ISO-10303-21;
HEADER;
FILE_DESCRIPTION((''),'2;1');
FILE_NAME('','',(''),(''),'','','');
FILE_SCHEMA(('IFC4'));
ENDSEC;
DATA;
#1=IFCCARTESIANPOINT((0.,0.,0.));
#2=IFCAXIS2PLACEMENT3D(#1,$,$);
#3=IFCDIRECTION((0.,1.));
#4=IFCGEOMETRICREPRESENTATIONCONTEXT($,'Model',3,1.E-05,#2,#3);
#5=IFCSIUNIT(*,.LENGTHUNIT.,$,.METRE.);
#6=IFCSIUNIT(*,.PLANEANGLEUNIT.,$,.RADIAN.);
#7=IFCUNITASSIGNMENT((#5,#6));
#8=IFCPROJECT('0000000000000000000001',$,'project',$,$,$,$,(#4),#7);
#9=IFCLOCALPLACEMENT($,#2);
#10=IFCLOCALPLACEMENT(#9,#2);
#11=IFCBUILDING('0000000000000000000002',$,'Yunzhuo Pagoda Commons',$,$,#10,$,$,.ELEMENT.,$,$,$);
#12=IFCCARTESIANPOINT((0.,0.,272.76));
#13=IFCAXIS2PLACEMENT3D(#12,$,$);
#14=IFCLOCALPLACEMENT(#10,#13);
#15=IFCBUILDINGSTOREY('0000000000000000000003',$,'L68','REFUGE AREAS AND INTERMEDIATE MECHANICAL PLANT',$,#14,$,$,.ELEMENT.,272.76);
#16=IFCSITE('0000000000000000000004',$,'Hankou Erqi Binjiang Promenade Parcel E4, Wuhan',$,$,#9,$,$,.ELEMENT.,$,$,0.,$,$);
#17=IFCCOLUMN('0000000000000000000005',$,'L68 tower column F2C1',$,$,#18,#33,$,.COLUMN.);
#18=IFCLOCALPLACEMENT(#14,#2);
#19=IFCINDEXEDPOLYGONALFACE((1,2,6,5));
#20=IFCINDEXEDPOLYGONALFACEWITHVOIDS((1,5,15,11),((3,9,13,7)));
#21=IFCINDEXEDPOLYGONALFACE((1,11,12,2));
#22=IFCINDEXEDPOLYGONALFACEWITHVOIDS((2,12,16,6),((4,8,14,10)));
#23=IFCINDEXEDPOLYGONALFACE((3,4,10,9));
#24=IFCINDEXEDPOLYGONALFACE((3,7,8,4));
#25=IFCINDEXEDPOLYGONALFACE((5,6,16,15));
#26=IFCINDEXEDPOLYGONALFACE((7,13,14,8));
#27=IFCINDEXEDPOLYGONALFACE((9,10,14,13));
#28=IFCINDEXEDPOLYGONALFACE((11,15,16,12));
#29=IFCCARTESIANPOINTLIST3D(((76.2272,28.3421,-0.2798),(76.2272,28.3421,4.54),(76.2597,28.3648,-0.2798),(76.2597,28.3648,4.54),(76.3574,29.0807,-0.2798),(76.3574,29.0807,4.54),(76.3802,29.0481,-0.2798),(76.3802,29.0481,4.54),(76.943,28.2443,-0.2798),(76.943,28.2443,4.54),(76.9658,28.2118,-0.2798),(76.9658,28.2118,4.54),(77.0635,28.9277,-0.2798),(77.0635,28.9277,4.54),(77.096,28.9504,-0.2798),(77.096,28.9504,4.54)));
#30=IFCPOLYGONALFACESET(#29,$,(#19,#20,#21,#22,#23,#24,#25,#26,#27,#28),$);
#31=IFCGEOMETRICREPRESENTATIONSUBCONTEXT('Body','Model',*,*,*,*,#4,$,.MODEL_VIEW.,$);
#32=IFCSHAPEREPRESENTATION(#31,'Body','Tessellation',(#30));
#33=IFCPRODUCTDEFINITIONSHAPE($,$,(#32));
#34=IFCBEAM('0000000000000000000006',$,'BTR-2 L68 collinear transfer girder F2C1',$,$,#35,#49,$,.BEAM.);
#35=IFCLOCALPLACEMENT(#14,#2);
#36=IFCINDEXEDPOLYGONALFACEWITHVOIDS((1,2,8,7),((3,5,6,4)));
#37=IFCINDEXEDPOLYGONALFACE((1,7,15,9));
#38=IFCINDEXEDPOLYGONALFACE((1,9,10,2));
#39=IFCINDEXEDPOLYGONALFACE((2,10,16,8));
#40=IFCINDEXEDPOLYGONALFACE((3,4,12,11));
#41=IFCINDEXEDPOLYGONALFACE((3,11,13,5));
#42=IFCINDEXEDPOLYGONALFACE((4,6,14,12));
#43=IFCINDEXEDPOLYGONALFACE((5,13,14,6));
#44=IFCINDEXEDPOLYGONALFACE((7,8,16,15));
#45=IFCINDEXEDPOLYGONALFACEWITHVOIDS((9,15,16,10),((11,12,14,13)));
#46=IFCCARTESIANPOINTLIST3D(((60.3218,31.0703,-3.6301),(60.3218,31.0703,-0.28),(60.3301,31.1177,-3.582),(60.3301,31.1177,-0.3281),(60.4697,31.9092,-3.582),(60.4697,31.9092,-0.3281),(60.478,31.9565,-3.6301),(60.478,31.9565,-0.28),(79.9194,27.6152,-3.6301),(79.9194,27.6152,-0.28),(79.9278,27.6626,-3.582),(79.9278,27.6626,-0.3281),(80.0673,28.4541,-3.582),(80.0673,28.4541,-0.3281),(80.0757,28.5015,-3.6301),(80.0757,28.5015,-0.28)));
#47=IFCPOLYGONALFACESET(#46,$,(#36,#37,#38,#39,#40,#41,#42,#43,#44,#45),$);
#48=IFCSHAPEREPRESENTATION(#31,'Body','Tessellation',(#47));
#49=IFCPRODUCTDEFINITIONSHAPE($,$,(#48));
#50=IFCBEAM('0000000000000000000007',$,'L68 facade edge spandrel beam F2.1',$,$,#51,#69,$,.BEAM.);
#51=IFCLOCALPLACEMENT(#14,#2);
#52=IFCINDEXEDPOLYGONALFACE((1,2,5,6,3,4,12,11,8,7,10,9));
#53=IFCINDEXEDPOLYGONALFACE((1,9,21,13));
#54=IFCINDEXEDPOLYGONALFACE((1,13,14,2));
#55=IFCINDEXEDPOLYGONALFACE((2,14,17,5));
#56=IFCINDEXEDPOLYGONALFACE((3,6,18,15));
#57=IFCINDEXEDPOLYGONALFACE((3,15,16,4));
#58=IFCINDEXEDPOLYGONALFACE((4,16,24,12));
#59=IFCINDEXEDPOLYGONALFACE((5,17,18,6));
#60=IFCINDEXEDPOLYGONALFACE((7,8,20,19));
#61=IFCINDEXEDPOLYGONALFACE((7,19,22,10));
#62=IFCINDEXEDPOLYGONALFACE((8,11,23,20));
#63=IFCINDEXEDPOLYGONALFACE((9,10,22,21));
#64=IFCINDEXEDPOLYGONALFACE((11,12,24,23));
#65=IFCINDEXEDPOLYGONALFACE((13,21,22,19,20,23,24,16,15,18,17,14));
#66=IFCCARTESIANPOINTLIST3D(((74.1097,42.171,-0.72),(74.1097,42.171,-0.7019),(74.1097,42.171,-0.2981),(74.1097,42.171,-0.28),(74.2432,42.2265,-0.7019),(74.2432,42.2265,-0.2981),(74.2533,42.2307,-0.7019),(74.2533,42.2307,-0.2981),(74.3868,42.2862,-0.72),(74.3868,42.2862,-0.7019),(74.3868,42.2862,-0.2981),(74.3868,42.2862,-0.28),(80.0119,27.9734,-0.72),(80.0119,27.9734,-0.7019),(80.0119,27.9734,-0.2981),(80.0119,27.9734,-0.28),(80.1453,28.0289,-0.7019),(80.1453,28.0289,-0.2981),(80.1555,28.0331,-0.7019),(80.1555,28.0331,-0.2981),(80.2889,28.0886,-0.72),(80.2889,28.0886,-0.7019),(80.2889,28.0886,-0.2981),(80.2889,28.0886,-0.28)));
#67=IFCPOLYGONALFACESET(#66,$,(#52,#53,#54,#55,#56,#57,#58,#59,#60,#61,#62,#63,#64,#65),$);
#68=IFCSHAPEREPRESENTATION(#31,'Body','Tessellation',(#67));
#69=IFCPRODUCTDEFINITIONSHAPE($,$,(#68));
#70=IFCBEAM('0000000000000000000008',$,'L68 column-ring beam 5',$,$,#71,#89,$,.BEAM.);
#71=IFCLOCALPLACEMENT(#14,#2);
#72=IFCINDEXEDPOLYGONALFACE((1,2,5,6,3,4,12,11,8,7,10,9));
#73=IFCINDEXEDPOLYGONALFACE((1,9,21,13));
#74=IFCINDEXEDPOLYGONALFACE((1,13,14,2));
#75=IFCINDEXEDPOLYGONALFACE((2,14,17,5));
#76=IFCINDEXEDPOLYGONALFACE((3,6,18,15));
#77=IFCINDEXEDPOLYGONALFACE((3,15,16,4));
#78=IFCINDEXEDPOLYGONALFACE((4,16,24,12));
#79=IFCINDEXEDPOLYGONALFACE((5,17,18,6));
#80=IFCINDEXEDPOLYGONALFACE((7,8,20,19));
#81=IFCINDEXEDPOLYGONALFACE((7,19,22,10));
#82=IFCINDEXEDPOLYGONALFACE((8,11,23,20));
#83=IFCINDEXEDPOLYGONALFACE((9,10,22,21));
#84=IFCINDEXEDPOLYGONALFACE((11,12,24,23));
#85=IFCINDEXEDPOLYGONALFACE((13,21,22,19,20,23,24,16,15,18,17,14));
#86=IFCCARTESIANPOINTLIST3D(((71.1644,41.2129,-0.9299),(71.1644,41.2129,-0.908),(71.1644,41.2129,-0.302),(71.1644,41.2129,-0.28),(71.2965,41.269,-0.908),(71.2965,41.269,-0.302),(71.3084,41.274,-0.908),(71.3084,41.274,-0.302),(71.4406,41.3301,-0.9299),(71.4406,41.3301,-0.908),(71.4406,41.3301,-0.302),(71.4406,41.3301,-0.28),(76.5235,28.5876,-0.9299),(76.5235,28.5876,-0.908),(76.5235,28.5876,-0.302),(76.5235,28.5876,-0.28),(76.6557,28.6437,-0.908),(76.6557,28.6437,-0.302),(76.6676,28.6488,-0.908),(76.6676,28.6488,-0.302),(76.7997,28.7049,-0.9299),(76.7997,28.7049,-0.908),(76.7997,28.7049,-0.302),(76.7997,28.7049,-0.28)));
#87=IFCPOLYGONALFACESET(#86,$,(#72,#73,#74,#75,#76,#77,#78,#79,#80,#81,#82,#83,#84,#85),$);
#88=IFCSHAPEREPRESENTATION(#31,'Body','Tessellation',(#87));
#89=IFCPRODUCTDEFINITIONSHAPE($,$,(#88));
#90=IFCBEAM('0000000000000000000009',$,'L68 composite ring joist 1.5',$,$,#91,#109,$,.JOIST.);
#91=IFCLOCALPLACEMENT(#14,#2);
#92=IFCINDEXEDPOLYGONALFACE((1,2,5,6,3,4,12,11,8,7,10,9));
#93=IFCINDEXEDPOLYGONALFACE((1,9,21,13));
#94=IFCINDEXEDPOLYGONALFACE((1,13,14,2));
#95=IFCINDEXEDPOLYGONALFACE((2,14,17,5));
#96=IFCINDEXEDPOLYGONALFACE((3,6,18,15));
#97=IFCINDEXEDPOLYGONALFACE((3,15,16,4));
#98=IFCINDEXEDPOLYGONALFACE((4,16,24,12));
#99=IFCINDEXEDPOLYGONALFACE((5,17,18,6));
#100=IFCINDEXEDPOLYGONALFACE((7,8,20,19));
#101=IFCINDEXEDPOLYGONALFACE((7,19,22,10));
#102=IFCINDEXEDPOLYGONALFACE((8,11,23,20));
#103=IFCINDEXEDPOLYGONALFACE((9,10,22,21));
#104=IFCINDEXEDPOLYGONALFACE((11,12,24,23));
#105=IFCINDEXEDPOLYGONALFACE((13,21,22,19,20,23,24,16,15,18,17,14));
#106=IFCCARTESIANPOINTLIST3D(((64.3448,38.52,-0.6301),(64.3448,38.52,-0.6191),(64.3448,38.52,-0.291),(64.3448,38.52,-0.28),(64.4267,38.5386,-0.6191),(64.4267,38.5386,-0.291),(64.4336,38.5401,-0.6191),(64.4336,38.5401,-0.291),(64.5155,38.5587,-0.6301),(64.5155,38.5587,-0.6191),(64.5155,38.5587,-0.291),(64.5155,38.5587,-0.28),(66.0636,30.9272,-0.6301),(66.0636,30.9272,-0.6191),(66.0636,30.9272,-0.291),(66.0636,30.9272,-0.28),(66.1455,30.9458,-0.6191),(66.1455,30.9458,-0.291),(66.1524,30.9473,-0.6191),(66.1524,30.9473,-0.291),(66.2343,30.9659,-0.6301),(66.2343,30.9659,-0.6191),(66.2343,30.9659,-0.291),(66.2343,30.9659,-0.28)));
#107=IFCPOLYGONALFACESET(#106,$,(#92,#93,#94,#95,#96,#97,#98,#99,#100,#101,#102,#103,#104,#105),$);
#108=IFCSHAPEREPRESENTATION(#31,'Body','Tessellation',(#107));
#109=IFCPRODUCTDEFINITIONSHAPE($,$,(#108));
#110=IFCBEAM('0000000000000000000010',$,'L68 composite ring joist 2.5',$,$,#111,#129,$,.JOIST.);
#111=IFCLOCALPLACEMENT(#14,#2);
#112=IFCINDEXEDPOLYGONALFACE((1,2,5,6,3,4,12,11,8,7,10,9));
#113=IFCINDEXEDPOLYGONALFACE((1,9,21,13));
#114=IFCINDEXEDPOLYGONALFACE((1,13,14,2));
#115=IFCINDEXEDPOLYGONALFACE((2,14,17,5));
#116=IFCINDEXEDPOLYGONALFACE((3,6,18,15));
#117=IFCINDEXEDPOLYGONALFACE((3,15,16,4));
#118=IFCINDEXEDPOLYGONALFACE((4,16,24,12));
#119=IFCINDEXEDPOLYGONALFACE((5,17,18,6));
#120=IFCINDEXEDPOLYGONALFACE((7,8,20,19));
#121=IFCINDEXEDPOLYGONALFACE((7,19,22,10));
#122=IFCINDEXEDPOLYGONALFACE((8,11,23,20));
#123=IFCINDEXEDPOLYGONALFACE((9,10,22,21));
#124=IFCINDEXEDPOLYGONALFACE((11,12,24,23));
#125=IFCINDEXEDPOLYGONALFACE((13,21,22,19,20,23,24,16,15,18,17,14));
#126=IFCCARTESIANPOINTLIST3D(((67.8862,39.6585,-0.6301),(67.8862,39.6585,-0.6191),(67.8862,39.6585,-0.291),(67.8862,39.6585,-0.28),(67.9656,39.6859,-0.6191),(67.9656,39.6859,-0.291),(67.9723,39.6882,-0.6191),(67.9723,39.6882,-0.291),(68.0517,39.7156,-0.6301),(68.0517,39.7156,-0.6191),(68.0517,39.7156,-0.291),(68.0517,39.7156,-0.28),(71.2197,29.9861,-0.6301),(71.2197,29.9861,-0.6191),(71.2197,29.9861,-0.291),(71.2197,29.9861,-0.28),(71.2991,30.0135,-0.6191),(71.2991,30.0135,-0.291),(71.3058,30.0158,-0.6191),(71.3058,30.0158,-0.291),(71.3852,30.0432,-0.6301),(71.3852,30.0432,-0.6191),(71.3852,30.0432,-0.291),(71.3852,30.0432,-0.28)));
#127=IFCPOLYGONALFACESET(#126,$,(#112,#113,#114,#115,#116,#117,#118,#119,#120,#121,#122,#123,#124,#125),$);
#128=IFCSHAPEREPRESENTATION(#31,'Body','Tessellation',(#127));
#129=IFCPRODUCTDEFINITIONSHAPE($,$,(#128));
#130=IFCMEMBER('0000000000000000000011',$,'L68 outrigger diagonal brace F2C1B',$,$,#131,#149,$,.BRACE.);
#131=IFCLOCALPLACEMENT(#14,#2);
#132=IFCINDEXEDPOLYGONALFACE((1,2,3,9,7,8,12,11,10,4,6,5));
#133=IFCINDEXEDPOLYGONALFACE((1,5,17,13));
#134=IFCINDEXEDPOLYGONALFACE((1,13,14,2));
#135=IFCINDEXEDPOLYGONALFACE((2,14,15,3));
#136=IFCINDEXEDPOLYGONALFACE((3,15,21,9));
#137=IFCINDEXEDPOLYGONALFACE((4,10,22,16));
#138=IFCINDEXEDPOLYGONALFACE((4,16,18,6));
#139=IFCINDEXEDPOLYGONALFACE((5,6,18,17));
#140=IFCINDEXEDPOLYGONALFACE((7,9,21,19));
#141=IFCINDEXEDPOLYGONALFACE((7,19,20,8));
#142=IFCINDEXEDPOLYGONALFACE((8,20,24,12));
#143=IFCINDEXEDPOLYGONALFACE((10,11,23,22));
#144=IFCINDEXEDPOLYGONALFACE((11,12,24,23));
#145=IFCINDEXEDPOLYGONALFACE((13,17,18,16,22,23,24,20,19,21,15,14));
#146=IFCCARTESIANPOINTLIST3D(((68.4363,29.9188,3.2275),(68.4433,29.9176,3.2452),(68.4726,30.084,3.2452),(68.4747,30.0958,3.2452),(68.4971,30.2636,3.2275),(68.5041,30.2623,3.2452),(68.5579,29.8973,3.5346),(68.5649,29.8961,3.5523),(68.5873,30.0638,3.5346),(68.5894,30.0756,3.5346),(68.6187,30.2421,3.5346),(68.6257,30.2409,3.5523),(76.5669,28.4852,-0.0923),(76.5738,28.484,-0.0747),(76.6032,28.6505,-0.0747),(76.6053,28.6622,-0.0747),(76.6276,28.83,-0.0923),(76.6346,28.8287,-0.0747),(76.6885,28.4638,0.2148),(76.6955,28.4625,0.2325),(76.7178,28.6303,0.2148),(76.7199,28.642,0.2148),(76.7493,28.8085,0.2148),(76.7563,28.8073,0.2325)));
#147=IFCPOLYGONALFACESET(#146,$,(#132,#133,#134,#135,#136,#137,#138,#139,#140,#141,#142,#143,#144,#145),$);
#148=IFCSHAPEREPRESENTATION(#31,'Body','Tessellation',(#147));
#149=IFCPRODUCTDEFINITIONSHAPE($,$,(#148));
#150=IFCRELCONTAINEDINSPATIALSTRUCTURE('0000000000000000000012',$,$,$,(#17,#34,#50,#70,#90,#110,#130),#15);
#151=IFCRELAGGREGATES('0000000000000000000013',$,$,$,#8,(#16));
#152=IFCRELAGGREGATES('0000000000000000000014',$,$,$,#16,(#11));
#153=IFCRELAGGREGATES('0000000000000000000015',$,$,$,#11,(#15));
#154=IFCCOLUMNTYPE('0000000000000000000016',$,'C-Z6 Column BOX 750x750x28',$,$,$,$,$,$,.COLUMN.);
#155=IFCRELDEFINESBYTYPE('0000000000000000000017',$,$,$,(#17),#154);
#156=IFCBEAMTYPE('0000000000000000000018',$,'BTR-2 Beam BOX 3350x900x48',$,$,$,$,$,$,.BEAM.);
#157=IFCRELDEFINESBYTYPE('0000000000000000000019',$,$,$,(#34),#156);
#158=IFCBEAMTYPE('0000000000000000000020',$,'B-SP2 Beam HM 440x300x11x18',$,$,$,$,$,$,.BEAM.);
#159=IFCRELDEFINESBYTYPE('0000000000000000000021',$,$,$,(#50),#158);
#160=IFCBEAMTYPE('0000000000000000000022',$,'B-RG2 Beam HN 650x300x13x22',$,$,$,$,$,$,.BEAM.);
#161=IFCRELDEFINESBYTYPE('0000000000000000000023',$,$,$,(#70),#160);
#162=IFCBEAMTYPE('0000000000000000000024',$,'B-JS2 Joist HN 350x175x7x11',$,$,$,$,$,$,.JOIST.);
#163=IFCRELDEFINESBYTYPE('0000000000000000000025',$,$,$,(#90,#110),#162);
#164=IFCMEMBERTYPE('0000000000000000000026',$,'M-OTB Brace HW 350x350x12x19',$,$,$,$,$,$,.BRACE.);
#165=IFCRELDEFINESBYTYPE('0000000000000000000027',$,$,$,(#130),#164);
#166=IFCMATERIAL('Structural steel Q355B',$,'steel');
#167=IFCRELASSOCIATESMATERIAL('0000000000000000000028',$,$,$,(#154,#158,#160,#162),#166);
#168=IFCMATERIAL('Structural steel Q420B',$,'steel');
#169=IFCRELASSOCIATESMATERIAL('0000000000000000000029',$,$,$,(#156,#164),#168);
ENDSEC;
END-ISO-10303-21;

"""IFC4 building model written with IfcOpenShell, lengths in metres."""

from ifc_helpers import new_model, si_unit, direction, frame, origin, origin_2d, place, context, subcontext, project, spatial, hollow_rectangle, i_section, extrude, source, transform, mapped, material, material_profile, profile_set, type_object, element, save


model = new_model("IFC4")

# Units and contexts
model_context = context("Model", 3, precision=1e-05, world=origin(), true_north=direction((0.0, 1.0)))
body_context = subcontext(model_context, "Body", "Model", "MODEL_VIEW")
ifc_project = project(units=[si_unit("LENGTHUNIT", "METRE"), si_unit("PLANEANGLEUNIT", "RADIAN")], contexts=[model_context])

# Site, building, storey
site_placement = place(None, origin())
site = spatial("IfcSite", under=ifc_project, at=site_placement, Name="Hankou Erqi Binjiang Promenade Parcel E4, Wuhan", CompositionType="ELEMENT", RefElevation=0.0)
building_placement = place(site_placement, origin())
building = spatial("IfcBuilding", under=site, at=building_placement, Name="Yunzhuo Pagoda Commons", CompositionType="ELEMENT")
storey_placement = place(building_placement, frame((0.0, 0.0, 272.76)))
storey = spatial("IfcBuildingStorey", under=building, at=storey_placement, Name="L68", Description="REFUGE AREAS AND INTERMEDIATE MECHANICAL PLANT", CompositionType="ELEMENT", Elevation=272.76)

# Column
ifc_material_1 = material(Name="Structural steel Q355B", Category="steel")
ifc_material_profile_1 = material_profile(ifc_material_1, hollow_rectangle(XDim=0.75, YDim=0.75, WallThickness=0.0281, at=origin_2d()), Name="Structural steel Q355B")
ifc_profile_set_1 = profile_set([ifc_material_profile_1], Name="Structural steel Q355B")
column_type = type_object("IfcColumnType", Name="C-Z6 Column BOX 750x750x28", PredefinedType="COLUMN", material=ifc_profile_set_1)
shared_shape_1 = source(origin(), body_context, "Body", "SweptSolid", [
    extrude(hollow_rectangle(XDim=0.75, YDim=0.75, WallThickness=0.0281, at=origin_2d()), origin(), (0.0, 0.0, 1.0), 4.8198),
])
column_placement = place(storey_placement, frame((76.6616, 28.6462, -0.2798), z_axis=(0.0, 0.0, 1.0), x_axis=(0.173648, 0.984808, 0.0)))
element("IfcColumn", 1, at=column_placement, inside=storey, type_object=column_type, Name="L68 tower column F2C1", PredefinedType="COLUMN", context=body_context, shape_type="MappedRepresentation", body=[
    mapped(shared_shape_1, transform((0.0, 0.0, 0.0), scale=1.0)),
])

# Beams
ifc_material_2 = material(Name="Structural steel Q420B", Category="steel")
ifc_material_profile_2 = material_profile(ifc_material_2, hollow_rectangle(XDim=0.8999, YDim=3.3501, WallThickness=0.0481, at=origin_2d()), Name="Structural steel Q420B")
ifc_profile_set_2 = profile_set([ifc_material_profile_2], Name="Structural steel Q420B")
beam_type_1 = type_object("IfcBeamType", Name="BTR-2 Beam BOX 3350x900x48", PredefinedType="BEAM", material=ifc_profile_set_2)
shared_shape_2 = source(origin(), body_context, "Body", "SweptSolid", [
    extrude(hollow_rectangle(XDim=0.8999, YDim=3.3501, WallThickness=0.0481, at=origin_2d()), origin(), (0.0, 0.0, 1.0), 19.8999),
])
beam_1_placement = place(storey_placement, frame((79.9976, 28.0583, -1.9551), z_axis=(-0.984812, 0.173623, 0.0), x_axis=(-0.173623, -0.984812, 0.0)))
element("IfcBeam", 2, at=beam_1_placement, inside=storey, type_object=beam_type_1, Name="BTR-2 L68 collinear transfer girder F2C1", PredefinedType="BEAM", context=body_context, shape_type="MappedRepresentation", body=[
    mapped(shared_shape_2, transform((0.0, 0.0, 0.0), scale=1.0)),
])
ifc_material_profile_3 = material_profile(ifc_material_1, i_section(OverallWidth=0.3, OverallDepth=0.4399, WebThickness=0.011, FlangeThickness=0.0181, at=origin_2d()), Name="Structural steel Q355B")
ifc_profile_set_3 = profile_set([ifc_material_profile_3], Name="Structural steel Q355B")
beam_type_2 = type_object("IfcBeamType", Name="B-SP2 Beam HM 440x300x11x18", PredefinedType="BEAM", material=ifc_profile_set_3)
shared_shape_3 = source(origin(), body_context, "Body", "SweptSolid", [
    extrude(i_section(OverallWidth=0.3, OverallDepth=0.4399, WebThickness=0.011, FlangeThickness=0.0181, at=origin_2d()), origin(), (0.0, 0.0, 1.0), 15.3755),
])
beam_2_placement = place(storey_placement, frame((80.1504, 28.031, -0.5), z_axis=(-0.383865, 0.923389, 0.0), x_axis=(-0.923389, -0.383865, 0.0)))
element("IfcBeam", 3, at=beam_2_placement, inside=storey, type_object=beam_type_2, Name="L68 facade edge spandrel beam F2.1", PredefinedType="BEAM", context=body_context, shape_type="MappedRepresentation", body=[
    mapped(shared_shape_3, transform((0.0, 0.0, 0.0), scale=1.0)),
])
ifc_material_profile_4 = material_profile(ifc_material_1, i_section(OverallWidth=0.3, OverallDepth=0.6499, WebThickness=0.0129, FlangeThickness=0.022, at=origin_2d()), Name="Structural steel Q355B")
ifc_profile_set_4 = profile_set([ifc_material_profile_4], Name="Structural steel Q355B")
beam_type_3 = type_object("IfcBeamType", Name="B-RG2 Beam HN 650x300x13x22", PredefinedType="BEAM", material=ifc_profile_set_4)
shared_shape_4 = source(origin(), body_context, "Body", "SweptSolid", [
    extrude(i_section(OverallWidth=0.3, OverallDepth=0.6499, WebThickness=0.0129, FlangeThickness=0.022, at=origin_2d()), origin(), (0.0, 0.0, 1.0), 13.7156),
])
beam_3_placement = place(storey_placement, frame((76.6616, 28.6462, -0.605), z_axis=(-0.390733, 0.920504, 0.0), x_axis=(-0.920504, -0.390733, 0.0)))
element("IfcBeam", 4, at=beam_3_placement, inside=storey, type_object=beam_type_3, Name="L68 column-ring beam 5", PredefinedType="BEAM", context=body_context, shape_type="MappedRepresentation", body=[
    mapped(shared_shape_4, transform((0.0, 0.0, 0.0), scale=1.0)),
])
ifc_material_profile_5 = material_profile(ifc_material_1, i_section(OverallWidth=0.175, OverallDepth=0.3501, WebThickness=0.0071, FlangeThickness=0.011, at=origin_2d()), Name="Structural steel Q355B")
ifc_profile_set_5 = profile_set([ifc_material_profile_5], Name="Structural steel Q355B")
beam_type_4 = type_object("IfcBeamType", Name="B-JS2 Joist HN 350x175x7x11", PredefinedType="JOIST", material=ifc_profile_set_5)
shared_shape_5 = source(origin(), body_context, "Body", "SweptSolid", [
    extrude(i_section(OverallWidth=0.175, OverallDepth=0.3501, WebThickness=0.0071, FlangeThickness=0.011, at=origin_2d()), origin(), (0.0, 0.0, 1.0), 7.7849),
])
beam_4_placement = place(storey_placement, frame((66.1489, 30.9465, -0.4551), z_axis=(-0.220781, 0.975323, 0.0), x_axis=(-0.975323, -0.220781, 0.0)))
element("IfcBeam", 5, at=beam_4_placement, inside=storey, type_object=beam_type_4, Name="L68 composite ring joist 1.5", PredefinedType="JOIST", context=body_context, shape_type="MappedRepresentation", body=[
    mapped(shared_shape_5, transform((0.0, 0.0, 0.0), scale=1.0)),
])
shared_shape_6 = source(origin(), body_context, "Body", "SweptSolid", [
    extrude(i_section(OverallWidth=0.175, OverallDepth=0.3501, WebThickness=0.0071, FlangeThickness=0.011, at=origin_2d()), origin(), (0.0, 0.0, 1.0), 10.2307),
])
beam_5_placement = place(storey_placement, frame((71.3025, 30.0146, -0.4551), z_axis=(-0.325833, 0.945427, 0.0), x_axis=(-0.945427, -0.325833, 0.0)))
element("IfcBeam", 6, at=beam_5_placement, inside=storey, type_object=beam_type_4, Name="L68 composite ring joist 2.5", PredefinedType="JOIST", context=body_context, shape_type="MappedRepresentation", body=[
    mapped(shared_shape_6, transform((0.0, 0.0, 0.0), scale=1.0)),
])

# Member
ifc_material_profile_6 = material_profile(ifc_material_2, i_section(OverallWidth=0.3501, OverallDepth=0.3501, WebThickness=0.012, FlangeThickness=0.019, at=origin_2d()), Name="Structural steel Q420B")
ifc_profile_set_6 = profile_set([ifc_material_profile_6], Name="Structural steel Q420B")
member_type_1 = type_object("IfcMemberType", Name="M-OTB Brace HW 350x350x12x19", PredefinedType="BRACE", material=ifc_profile_set_6)
shared_shape_7 = source(origin(), body_context, "Body", "SweptSolid", [
    extrude(i_section(OverallWidth=0.3501, OverallDepth=0.3501, WebThickness=0.012, FlangeThickness=0.019, at=origin_2d()), origin(), (0.0, 0.0, 1.0), 8.8984),
])
member_1_placement = place(storey_placement, frame((68.531, 30.0798, 3.3899), z_axis=(0.913706, -0.161105, -0.373077), x_axis=(0.173642, 0.984809, 0.0)))
element("IfcMember", 7, at=member_1_placement, inside=storey, type_object=member_type_1, Name="L68 outrigger diagonal brace F2C1B", PredefinedType="BRACE", context=body_context, shape_type="MappedRepresentation", body=[
    mapped(shared_shape_7, transform((0.0, 0.0, 0.0), scale=1.0)),
])

save(model, "model.ifc")
